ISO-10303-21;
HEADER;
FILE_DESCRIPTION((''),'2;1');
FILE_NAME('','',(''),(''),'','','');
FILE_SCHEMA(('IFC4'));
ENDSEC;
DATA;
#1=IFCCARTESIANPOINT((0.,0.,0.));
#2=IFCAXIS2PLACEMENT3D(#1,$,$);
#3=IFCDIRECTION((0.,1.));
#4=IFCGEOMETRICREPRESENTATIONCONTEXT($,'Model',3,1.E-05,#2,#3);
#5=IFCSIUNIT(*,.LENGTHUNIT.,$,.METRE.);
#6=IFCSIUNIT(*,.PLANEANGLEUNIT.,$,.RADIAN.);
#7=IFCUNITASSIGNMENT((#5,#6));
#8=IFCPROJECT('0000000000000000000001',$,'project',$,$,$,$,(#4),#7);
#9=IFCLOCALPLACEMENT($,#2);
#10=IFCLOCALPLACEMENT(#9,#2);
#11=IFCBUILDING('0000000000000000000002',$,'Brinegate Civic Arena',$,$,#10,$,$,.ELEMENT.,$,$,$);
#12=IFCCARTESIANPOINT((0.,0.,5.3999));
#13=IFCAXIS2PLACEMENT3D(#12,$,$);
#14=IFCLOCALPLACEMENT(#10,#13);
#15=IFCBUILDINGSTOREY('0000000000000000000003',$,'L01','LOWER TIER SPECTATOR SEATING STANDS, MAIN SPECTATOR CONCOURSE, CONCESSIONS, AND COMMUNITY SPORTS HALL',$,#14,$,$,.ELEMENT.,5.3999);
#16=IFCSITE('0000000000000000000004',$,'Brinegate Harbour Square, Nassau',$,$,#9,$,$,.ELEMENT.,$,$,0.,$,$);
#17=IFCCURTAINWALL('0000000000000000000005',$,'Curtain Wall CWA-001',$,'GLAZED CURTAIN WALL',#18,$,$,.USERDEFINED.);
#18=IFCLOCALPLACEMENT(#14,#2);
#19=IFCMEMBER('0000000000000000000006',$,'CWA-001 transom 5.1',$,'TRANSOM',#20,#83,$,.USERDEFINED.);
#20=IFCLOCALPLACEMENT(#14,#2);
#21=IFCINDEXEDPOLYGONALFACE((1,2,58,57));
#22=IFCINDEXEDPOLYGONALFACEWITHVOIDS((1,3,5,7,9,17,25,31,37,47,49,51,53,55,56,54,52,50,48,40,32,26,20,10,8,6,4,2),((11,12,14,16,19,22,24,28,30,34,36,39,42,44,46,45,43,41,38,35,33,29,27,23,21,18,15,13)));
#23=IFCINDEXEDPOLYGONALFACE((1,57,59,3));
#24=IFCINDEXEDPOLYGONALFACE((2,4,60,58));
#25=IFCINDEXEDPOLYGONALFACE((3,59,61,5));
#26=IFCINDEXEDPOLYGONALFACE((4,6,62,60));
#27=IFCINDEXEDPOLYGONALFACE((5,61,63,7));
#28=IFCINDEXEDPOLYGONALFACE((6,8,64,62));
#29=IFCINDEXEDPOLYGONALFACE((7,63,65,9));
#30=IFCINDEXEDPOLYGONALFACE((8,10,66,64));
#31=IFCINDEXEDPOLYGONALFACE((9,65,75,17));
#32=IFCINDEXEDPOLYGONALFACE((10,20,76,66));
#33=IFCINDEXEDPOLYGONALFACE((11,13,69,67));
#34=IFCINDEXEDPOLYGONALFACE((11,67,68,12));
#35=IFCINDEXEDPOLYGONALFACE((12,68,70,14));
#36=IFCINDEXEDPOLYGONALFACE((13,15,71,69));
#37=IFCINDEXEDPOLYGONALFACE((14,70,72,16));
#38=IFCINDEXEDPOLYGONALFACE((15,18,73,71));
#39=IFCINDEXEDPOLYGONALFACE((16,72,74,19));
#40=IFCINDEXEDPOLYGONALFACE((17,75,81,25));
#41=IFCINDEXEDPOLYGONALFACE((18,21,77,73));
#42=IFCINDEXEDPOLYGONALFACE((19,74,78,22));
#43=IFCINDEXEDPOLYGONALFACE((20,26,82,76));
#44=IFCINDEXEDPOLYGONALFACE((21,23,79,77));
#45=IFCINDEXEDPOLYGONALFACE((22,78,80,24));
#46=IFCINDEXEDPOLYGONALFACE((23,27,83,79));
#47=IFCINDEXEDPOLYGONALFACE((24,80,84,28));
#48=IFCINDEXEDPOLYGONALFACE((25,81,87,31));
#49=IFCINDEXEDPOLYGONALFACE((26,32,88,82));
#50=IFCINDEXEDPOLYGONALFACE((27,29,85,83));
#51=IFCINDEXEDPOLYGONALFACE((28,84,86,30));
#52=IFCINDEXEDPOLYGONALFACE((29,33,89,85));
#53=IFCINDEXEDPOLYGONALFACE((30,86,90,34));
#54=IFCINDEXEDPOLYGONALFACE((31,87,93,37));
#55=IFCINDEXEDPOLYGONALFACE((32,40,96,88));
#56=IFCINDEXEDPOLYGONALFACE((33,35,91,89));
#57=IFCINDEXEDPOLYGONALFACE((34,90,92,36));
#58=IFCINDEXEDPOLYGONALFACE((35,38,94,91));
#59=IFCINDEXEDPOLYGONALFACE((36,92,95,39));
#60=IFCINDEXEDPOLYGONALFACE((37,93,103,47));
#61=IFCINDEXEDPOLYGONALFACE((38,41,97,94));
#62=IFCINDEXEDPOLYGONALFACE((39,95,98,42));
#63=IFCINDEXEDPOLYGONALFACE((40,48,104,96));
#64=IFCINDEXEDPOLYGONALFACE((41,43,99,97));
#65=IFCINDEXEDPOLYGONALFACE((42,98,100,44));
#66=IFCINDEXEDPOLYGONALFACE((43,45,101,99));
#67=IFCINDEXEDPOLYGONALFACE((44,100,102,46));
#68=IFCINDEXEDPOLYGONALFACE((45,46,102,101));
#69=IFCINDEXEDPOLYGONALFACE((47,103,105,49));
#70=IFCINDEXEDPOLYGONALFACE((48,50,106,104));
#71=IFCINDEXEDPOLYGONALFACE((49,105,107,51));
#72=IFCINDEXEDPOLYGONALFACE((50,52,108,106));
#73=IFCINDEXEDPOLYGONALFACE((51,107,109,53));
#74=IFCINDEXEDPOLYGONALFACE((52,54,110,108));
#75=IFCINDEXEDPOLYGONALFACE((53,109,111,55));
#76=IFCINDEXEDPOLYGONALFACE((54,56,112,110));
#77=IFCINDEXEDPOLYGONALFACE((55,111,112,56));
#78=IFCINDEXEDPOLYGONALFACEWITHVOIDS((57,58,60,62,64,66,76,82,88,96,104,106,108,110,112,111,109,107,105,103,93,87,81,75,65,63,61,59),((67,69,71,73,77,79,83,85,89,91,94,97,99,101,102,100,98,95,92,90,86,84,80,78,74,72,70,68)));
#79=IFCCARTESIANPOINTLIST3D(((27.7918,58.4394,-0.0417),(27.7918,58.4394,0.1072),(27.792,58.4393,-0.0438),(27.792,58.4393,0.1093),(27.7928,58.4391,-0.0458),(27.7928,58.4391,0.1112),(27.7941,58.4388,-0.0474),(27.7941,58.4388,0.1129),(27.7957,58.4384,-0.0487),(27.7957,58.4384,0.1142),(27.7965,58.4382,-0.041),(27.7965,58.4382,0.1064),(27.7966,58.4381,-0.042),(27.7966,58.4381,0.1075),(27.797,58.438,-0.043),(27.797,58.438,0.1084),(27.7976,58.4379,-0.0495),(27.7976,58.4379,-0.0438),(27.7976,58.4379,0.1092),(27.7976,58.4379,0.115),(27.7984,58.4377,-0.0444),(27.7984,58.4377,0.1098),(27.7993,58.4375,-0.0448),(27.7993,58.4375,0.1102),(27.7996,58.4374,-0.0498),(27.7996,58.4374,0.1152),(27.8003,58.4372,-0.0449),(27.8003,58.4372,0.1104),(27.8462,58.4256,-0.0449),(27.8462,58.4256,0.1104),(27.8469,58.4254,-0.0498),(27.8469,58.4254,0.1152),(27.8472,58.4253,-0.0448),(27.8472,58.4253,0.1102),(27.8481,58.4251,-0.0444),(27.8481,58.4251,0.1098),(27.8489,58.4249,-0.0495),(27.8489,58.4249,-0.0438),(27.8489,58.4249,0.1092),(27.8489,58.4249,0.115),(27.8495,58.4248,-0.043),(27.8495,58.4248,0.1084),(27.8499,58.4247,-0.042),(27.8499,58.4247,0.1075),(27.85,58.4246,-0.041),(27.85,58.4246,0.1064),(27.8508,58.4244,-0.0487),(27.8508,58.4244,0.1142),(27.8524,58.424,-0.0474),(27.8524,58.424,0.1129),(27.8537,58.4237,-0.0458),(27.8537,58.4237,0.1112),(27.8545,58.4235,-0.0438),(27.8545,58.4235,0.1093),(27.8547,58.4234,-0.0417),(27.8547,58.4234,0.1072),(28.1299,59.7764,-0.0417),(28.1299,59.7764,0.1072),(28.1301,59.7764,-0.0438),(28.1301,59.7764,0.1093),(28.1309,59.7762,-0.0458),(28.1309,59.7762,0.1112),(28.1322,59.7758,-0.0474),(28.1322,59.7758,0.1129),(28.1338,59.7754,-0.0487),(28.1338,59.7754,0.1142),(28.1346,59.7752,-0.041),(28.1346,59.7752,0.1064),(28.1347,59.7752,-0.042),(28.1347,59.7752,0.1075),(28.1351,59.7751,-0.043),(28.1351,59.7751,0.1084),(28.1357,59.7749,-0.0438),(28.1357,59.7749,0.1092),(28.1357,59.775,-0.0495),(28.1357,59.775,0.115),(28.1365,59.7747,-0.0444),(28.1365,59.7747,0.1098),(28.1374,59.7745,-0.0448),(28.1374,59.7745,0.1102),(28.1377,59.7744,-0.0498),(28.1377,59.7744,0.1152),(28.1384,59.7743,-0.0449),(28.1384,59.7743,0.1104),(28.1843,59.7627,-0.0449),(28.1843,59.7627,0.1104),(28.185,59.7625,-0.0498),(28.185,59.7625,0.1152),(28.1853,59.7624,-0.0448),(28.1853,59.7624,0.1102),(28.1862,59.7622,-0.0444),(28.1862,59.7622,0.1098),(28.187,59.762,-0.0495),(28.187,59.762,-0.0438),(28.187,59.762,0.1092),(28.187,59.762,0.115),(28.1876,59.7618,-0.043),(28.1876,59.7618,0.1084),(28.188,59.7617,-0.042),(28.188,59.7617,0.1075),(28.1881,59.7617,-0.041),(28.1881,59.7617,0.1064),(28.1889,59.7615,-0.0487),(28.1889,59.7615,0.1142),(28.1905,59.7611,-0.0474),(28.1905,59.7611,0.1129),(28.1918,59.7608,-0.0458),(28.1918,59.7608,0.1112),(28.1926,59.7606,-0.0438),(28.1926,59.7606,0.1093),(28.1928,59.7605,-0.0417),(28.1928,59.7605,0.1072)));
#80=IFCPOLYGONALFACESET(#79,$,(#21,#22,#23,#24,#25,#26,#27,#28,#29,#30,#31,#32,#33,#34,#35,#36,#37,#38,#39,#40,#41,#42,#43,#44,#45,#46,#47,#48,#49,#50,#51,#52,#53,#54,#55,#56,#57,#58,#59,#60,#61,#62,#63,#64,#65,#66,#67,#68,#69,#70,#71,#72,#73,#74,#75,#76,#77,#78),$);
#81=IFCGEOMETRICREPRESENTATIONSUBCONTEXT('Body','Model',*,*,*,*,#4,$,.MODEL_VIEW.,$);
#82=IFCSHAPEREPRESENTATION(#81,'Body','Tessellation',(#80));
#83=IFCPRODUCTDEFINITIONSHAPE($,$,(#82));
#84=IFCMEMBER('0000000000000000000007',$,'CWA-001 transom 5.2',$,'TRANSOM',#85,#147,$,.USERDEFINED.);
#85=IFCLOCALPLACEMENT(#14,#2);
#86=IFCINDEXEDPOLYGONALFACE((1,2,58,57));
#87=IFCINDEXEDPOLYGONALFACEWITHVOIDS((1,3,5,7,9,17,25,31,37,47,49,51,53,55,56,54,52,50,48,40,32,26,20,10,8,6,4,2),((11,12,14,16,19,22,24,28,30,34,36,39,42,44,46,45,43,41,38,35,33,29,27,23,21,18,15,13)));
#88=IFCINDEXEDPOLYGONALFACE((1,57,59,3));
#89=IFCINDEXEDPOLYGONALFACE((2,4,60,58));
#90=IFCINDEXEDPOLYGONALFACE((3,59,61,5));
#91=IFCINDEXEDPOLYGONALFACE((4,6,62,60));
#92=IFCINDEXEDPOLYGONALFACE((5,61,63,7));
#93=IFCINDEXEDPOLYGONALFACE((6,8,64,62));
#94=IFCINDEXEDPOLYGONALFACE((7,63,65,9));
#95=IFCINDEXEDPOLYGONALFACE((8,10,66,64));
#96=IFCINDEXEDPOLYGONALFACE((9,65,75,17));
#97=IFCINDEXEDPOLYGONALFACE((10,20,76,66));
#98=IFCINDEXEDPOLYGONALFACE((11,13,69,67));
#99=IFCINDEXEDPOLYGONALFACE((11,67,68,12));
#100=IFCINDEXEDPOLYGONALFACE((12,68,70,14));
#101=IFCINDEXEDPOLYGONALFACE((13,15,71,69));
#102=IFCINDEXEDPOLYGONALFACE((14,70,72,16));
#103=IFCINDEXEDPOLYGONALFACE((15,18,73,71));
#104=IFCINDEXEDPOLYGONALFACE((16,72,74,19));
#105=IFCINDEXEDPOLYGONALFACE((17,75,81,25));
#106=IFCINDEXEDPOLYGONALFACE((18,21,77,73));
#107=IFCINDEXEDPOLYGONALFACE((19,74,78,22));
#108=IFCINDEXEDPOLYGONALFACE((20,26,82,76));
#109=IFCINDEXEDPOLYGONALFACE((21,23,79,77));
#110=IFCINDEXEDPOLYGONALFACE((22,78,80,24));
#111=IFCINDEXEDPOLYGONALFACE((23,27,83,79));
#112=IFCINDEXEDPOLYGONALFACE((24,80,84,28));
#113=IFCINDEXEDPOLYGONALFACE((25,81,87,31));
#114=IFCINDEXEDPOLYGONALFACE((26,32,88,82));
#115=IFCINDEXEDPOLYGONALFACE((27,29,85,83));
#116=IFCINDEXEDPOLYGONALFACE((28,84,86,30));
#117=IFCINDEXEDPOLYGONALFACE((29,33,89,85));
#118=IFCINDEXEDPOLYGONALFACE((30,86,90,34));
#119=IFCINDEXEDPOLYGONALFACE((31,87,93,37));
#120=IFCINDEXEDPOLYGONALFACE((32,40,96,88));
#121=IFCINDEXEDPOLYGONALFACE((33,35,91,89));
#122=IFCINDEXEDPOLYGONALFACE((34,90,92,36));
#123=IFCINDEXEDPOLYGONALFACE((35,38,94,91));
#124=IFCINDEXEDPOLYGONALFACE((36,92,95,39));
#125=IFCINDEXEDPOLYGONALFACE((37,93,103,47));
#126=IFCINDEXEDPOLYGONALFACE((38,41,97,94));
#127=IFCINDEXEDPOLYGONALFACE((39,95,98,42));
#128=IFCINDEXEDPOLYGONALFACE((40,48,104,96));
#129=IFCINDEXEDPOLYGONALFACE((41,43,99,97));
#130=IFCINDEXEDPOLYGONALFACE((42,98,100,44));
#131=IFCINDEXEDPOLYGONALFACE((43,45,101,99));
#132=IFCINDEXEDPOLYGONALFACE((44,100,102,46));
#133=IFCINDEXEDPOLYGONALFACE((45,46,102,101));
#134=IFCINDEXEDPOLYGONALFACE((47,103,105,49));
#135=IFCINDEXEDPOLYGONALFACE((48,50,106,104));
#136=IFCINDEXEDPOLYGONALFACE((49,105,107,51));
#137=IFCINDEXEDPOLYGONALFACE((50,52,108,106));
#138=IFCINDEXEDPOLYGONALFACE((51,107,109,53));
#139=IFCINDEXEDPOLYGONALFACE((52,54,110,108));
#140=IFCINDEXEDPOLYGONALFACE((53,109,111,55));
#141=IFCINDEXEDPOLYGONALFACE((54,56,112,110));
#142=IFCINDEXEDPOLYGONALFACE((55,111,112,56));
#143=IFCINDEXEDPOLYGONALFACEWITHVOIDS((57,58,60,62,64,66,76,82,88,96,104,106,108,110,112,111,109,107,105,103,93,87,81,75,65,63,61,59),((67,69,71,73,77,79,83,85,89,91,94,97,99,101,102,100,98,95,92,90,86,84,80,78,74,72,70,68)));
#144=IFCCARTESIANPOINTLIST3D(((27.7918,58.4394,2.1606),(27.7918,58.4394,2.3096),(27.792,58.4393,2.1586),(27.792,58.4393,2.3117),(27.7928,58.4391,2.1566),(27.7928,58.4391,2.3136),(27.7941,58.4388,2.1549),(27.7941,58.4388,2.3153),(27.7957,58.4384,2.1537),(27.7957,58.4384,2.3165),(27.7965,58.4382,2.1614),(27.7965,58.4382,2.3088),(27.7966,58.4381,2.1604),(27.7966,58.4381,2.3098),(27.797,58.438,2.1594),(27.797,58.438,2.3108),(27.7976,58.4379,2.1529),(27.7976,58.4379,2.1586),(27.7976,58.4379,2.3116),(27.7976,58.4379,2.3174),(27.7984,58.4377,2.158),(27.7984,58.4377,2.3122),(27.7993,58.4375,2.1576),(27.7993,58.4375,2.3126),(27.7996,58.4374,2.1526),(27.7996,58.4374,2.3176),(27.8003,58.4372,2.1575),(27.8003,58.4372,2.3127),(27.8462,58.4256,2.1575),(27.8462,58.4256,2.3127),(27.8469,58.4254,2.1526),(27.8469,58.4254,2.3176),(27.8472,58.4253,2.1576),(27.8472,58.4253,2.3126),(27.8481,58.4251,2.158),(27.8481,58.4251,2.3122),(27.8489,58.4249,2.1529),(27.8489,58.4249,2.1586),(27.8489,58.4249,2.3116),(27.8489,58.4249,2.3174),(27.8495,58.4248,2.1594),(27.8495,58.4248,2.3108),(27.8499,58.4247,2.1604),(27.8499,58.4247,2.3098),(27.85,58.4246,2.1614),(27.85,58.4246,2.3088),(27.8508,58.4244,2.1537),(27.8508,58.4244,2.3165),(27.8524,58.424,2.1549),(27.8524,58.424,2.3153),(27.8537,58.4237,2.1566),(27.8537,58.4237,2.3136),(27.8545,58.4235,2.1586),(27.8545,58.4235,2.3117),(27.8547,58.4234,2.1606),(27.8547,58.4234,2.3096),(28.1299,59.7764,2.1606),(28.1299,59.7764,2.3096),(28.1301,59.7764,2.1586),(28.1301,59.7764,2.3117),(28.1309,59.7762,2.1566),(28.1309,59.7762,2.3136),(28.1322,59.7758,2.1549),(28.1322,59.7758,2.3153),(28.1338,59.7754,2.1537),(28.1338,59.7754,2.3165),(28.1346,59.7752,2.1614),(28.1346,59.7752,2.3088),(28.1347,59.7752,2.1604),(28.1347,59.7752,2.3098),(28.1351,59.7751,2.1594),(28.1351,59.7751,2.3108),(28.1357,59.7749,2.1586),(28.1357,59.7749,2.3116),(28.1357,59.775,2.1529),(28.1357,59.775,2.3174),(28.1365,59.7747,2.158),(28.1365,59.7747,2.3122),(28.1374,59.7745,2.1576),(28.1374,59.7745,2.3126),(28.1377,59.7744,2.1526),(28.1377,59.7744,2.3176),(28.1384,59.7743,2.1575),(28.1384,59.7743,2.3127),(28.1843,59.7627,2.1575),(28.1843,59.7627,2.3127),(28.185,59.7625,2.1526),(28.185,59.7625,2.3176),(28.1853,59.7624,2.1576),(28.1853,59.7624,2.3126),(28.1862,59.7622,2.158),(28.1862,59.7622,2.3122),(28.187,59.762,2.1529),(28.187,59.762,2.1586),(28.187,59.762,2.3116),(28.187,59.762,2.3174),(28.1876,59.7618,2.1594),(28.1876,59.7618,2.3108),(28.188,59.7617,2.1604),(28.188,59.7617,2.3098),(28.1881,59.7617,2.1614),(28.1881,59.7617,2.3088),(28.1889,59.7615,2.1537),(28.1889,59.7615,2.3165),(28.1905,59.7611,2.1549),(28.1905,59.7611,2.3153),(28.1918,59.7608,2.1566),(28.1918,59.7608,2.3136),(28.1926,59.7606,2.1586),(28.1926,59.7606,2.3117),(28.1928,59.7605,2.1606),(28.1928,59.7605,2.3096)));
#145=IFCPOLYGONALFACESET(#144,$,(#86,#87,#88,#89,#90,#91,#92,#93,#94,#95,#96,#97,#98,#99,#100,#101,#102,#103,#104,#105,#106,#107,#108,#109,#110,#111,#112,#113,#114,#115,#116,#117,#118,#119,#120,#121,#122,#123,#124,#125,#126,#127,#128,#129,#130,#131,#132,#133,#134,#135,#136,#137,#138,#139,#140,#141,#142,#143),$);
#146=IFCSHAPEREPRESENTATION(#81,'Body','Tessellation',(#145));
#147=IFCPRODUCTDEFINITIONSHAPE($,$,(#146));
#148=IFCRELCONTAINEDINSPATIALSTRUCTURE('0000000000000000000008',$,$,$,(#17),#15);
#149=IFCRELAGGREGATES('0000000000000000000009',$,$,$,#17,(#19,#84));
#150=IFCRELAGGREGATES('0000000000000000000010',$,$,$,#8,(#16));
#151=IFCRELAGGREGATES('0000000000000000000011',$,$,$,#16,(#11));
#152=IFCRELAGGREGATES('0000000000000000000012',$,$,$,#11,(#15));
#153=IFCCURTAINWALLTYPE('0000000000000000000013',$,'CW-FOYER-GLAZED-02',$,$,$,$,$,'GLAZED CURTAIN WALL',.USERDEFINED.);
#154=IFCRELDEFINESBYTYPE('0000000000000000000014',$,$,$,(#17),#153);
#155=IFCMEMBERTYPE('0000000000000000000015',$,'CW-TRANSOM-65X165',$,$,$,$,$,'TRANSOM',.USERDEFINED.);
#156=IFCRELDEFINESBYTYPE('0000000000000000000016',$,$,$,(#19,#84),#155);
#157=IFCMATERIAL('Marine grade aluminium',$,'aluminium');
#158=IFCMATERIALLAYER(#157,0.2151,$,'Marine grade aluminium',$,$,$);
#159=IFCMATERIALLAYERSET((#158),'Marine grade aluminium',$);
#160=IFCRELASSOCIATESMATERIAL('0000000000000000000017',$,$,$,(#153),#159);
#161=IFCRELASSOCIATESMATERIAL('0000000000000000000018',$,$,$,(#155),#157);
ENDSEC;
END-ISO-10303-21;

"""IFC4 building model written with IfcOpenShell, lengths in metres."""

from ifc_helpers import new_model, si_unit, direction, frame, origin, origin_2d, place, context, subcontext, project, spatial, hollow_rectangle, extrude, material, layer, layer_set, material_profile, profile_set, type_object, element, aggregate, save


model = new_model("IFC4")

# Units and contexts
model_context = context("Model", 3, precision=1e-05, world=origin(), true_north=direction((0.0, 1.0)))
body_context = subcontext(model_context, "Body", "Model", "MODEL_VIEW")
ifc_project = project(units=[si_unit("LENGTHUNIT", "METRE"), si_unit("PLANEANGLEUNIT", "RADIAN")], contexts=[model_context])

# Site, building, storey
site_placement = place(None, origin())
site = spatial("IfcSite", under=ifc_project, at=site_placement, Name="Brinegate Harbour Square, Nassau", CompositionType="ELEMENT", RefElevation=0.0)
building_placement = place(site_placement, origin())
building = spatial("IfcBuilding", under=site, at=building_placement, Name="Brinegate Civic Arena", CompositionType="ELEMENT")
storey_placement = place(building_placement, frame((0.0, 0.0, 5.3999)))
storey = spatial("IfcBuildingStorey", under=building, at=storey_placement, Name="L01", Description="LOWER TIER SPECTATOR SEATING STANDS, MAIN SPECTATOR CONCOURSE, CONCESSIONS, AND COMMUNITY SPORTS HALL", CompositionType="ELEMENT", Elevation=5.3999)

# Curtain wall, members
ifc_material_1 = material(Name="Marine grade aluminium", Category="aluminium")
ifc_layer_1 = layer(ifc_material_1, 0.2151, Name="Marine grade aluminium")
ifc_layer_set_1 = layer_set([ifc_layer_1], Name="Marine grade aluminium")
curtain_wall_type = type_object("IfcCurtainWallType", Name="CW-FOYER-GLAZED-02", ElementType="GLAZED CURTAIN WALL", PredefinedType="USERDEFINED", material=ifc_layer_set_1)
curtain_wall_placement = place(storey_placement, origin())
curtain_wall = element("IfcCurtainWall", 1, at=curtain_wall_placement, inside=storey, type_object=curtain_wall_type, Name="Curtain Wall CWA-001", ObjectType="GLAZED CURTAIN WALL", PredefinedType="USERDEFINED")
ifc_material_profile_1 = material_profile(ifc_material_1, hollow_rectangle(XDim=0.0649, YDim=0.165, WallThickness=0.0049, InnerFilletRadius=0.0039, OuterFilletRadius=0.0081, at=origin_2d()), Name="TRN65X165")
ifc_profile_set_1 = profile_set([ifc_material_profile_1], Name="Marine grade aluminium")
member_type_1 = type_object("IfcMemberType", Name="CW-TRANSOM-65X165", ElementType="TRANSOM", PredefinedType="USERDEFINED", material=ifc_profile_set_1)
member_1_placement = place(storey_placement, frame((27.8232, 58.4314, 0.0327), z_axis=(0.245159, 0.969483, 0.0), x_axis=(-0.969483, 0.245159, 0.0)))
member_1 = element("IfcMember", 2, at=member_1_placement, type_object=member_type_1, Name="CWA-001 transom 5.1", ObjectType="TRANSOM", PredefinedType="USERDEFINED", context=body_context, shape_type="SweptSolid", body=[
    extrude(hollow_rectangle(XDim=0.0649, YDim=0.165, WallThickness=0.0049, InnerFilletRadius=0.0039, OuterFilletRadius=0.0081, at=origin_2d()), origin(), (0.0, 0.0, 1.0), 1.3792),
])
member_2_placement = place(storey_placement, frame((27.8232, 58.4314, 2.2351), z_axis=(0.245159, 0.969483, 0.0), x_axis=(-0.969483, 0.245159, 0.0)))
member_2 = element("IfcMember", 3, at=member_2_placement, type_object=member_type_1, Name="CWA-001 transom 5.2", ObjectType="TRANSOM", PredefinedType="USERDEFINED", context=body_context, shape_type="SweptSolid", body=[
    extrude(hollow_rectangle(XDim=0.0649, YDim=0.165, WallThickness=0.0049, InnerFilletRadius=0.0039, OuterFilletRadius=0.0081, at=origin_2d()), origin(), (0.0, 0.0, 1.0), 1.3792),
])
aggregate(curtain_wall, [member_1, member_2])

save(model, "model.ifc")
